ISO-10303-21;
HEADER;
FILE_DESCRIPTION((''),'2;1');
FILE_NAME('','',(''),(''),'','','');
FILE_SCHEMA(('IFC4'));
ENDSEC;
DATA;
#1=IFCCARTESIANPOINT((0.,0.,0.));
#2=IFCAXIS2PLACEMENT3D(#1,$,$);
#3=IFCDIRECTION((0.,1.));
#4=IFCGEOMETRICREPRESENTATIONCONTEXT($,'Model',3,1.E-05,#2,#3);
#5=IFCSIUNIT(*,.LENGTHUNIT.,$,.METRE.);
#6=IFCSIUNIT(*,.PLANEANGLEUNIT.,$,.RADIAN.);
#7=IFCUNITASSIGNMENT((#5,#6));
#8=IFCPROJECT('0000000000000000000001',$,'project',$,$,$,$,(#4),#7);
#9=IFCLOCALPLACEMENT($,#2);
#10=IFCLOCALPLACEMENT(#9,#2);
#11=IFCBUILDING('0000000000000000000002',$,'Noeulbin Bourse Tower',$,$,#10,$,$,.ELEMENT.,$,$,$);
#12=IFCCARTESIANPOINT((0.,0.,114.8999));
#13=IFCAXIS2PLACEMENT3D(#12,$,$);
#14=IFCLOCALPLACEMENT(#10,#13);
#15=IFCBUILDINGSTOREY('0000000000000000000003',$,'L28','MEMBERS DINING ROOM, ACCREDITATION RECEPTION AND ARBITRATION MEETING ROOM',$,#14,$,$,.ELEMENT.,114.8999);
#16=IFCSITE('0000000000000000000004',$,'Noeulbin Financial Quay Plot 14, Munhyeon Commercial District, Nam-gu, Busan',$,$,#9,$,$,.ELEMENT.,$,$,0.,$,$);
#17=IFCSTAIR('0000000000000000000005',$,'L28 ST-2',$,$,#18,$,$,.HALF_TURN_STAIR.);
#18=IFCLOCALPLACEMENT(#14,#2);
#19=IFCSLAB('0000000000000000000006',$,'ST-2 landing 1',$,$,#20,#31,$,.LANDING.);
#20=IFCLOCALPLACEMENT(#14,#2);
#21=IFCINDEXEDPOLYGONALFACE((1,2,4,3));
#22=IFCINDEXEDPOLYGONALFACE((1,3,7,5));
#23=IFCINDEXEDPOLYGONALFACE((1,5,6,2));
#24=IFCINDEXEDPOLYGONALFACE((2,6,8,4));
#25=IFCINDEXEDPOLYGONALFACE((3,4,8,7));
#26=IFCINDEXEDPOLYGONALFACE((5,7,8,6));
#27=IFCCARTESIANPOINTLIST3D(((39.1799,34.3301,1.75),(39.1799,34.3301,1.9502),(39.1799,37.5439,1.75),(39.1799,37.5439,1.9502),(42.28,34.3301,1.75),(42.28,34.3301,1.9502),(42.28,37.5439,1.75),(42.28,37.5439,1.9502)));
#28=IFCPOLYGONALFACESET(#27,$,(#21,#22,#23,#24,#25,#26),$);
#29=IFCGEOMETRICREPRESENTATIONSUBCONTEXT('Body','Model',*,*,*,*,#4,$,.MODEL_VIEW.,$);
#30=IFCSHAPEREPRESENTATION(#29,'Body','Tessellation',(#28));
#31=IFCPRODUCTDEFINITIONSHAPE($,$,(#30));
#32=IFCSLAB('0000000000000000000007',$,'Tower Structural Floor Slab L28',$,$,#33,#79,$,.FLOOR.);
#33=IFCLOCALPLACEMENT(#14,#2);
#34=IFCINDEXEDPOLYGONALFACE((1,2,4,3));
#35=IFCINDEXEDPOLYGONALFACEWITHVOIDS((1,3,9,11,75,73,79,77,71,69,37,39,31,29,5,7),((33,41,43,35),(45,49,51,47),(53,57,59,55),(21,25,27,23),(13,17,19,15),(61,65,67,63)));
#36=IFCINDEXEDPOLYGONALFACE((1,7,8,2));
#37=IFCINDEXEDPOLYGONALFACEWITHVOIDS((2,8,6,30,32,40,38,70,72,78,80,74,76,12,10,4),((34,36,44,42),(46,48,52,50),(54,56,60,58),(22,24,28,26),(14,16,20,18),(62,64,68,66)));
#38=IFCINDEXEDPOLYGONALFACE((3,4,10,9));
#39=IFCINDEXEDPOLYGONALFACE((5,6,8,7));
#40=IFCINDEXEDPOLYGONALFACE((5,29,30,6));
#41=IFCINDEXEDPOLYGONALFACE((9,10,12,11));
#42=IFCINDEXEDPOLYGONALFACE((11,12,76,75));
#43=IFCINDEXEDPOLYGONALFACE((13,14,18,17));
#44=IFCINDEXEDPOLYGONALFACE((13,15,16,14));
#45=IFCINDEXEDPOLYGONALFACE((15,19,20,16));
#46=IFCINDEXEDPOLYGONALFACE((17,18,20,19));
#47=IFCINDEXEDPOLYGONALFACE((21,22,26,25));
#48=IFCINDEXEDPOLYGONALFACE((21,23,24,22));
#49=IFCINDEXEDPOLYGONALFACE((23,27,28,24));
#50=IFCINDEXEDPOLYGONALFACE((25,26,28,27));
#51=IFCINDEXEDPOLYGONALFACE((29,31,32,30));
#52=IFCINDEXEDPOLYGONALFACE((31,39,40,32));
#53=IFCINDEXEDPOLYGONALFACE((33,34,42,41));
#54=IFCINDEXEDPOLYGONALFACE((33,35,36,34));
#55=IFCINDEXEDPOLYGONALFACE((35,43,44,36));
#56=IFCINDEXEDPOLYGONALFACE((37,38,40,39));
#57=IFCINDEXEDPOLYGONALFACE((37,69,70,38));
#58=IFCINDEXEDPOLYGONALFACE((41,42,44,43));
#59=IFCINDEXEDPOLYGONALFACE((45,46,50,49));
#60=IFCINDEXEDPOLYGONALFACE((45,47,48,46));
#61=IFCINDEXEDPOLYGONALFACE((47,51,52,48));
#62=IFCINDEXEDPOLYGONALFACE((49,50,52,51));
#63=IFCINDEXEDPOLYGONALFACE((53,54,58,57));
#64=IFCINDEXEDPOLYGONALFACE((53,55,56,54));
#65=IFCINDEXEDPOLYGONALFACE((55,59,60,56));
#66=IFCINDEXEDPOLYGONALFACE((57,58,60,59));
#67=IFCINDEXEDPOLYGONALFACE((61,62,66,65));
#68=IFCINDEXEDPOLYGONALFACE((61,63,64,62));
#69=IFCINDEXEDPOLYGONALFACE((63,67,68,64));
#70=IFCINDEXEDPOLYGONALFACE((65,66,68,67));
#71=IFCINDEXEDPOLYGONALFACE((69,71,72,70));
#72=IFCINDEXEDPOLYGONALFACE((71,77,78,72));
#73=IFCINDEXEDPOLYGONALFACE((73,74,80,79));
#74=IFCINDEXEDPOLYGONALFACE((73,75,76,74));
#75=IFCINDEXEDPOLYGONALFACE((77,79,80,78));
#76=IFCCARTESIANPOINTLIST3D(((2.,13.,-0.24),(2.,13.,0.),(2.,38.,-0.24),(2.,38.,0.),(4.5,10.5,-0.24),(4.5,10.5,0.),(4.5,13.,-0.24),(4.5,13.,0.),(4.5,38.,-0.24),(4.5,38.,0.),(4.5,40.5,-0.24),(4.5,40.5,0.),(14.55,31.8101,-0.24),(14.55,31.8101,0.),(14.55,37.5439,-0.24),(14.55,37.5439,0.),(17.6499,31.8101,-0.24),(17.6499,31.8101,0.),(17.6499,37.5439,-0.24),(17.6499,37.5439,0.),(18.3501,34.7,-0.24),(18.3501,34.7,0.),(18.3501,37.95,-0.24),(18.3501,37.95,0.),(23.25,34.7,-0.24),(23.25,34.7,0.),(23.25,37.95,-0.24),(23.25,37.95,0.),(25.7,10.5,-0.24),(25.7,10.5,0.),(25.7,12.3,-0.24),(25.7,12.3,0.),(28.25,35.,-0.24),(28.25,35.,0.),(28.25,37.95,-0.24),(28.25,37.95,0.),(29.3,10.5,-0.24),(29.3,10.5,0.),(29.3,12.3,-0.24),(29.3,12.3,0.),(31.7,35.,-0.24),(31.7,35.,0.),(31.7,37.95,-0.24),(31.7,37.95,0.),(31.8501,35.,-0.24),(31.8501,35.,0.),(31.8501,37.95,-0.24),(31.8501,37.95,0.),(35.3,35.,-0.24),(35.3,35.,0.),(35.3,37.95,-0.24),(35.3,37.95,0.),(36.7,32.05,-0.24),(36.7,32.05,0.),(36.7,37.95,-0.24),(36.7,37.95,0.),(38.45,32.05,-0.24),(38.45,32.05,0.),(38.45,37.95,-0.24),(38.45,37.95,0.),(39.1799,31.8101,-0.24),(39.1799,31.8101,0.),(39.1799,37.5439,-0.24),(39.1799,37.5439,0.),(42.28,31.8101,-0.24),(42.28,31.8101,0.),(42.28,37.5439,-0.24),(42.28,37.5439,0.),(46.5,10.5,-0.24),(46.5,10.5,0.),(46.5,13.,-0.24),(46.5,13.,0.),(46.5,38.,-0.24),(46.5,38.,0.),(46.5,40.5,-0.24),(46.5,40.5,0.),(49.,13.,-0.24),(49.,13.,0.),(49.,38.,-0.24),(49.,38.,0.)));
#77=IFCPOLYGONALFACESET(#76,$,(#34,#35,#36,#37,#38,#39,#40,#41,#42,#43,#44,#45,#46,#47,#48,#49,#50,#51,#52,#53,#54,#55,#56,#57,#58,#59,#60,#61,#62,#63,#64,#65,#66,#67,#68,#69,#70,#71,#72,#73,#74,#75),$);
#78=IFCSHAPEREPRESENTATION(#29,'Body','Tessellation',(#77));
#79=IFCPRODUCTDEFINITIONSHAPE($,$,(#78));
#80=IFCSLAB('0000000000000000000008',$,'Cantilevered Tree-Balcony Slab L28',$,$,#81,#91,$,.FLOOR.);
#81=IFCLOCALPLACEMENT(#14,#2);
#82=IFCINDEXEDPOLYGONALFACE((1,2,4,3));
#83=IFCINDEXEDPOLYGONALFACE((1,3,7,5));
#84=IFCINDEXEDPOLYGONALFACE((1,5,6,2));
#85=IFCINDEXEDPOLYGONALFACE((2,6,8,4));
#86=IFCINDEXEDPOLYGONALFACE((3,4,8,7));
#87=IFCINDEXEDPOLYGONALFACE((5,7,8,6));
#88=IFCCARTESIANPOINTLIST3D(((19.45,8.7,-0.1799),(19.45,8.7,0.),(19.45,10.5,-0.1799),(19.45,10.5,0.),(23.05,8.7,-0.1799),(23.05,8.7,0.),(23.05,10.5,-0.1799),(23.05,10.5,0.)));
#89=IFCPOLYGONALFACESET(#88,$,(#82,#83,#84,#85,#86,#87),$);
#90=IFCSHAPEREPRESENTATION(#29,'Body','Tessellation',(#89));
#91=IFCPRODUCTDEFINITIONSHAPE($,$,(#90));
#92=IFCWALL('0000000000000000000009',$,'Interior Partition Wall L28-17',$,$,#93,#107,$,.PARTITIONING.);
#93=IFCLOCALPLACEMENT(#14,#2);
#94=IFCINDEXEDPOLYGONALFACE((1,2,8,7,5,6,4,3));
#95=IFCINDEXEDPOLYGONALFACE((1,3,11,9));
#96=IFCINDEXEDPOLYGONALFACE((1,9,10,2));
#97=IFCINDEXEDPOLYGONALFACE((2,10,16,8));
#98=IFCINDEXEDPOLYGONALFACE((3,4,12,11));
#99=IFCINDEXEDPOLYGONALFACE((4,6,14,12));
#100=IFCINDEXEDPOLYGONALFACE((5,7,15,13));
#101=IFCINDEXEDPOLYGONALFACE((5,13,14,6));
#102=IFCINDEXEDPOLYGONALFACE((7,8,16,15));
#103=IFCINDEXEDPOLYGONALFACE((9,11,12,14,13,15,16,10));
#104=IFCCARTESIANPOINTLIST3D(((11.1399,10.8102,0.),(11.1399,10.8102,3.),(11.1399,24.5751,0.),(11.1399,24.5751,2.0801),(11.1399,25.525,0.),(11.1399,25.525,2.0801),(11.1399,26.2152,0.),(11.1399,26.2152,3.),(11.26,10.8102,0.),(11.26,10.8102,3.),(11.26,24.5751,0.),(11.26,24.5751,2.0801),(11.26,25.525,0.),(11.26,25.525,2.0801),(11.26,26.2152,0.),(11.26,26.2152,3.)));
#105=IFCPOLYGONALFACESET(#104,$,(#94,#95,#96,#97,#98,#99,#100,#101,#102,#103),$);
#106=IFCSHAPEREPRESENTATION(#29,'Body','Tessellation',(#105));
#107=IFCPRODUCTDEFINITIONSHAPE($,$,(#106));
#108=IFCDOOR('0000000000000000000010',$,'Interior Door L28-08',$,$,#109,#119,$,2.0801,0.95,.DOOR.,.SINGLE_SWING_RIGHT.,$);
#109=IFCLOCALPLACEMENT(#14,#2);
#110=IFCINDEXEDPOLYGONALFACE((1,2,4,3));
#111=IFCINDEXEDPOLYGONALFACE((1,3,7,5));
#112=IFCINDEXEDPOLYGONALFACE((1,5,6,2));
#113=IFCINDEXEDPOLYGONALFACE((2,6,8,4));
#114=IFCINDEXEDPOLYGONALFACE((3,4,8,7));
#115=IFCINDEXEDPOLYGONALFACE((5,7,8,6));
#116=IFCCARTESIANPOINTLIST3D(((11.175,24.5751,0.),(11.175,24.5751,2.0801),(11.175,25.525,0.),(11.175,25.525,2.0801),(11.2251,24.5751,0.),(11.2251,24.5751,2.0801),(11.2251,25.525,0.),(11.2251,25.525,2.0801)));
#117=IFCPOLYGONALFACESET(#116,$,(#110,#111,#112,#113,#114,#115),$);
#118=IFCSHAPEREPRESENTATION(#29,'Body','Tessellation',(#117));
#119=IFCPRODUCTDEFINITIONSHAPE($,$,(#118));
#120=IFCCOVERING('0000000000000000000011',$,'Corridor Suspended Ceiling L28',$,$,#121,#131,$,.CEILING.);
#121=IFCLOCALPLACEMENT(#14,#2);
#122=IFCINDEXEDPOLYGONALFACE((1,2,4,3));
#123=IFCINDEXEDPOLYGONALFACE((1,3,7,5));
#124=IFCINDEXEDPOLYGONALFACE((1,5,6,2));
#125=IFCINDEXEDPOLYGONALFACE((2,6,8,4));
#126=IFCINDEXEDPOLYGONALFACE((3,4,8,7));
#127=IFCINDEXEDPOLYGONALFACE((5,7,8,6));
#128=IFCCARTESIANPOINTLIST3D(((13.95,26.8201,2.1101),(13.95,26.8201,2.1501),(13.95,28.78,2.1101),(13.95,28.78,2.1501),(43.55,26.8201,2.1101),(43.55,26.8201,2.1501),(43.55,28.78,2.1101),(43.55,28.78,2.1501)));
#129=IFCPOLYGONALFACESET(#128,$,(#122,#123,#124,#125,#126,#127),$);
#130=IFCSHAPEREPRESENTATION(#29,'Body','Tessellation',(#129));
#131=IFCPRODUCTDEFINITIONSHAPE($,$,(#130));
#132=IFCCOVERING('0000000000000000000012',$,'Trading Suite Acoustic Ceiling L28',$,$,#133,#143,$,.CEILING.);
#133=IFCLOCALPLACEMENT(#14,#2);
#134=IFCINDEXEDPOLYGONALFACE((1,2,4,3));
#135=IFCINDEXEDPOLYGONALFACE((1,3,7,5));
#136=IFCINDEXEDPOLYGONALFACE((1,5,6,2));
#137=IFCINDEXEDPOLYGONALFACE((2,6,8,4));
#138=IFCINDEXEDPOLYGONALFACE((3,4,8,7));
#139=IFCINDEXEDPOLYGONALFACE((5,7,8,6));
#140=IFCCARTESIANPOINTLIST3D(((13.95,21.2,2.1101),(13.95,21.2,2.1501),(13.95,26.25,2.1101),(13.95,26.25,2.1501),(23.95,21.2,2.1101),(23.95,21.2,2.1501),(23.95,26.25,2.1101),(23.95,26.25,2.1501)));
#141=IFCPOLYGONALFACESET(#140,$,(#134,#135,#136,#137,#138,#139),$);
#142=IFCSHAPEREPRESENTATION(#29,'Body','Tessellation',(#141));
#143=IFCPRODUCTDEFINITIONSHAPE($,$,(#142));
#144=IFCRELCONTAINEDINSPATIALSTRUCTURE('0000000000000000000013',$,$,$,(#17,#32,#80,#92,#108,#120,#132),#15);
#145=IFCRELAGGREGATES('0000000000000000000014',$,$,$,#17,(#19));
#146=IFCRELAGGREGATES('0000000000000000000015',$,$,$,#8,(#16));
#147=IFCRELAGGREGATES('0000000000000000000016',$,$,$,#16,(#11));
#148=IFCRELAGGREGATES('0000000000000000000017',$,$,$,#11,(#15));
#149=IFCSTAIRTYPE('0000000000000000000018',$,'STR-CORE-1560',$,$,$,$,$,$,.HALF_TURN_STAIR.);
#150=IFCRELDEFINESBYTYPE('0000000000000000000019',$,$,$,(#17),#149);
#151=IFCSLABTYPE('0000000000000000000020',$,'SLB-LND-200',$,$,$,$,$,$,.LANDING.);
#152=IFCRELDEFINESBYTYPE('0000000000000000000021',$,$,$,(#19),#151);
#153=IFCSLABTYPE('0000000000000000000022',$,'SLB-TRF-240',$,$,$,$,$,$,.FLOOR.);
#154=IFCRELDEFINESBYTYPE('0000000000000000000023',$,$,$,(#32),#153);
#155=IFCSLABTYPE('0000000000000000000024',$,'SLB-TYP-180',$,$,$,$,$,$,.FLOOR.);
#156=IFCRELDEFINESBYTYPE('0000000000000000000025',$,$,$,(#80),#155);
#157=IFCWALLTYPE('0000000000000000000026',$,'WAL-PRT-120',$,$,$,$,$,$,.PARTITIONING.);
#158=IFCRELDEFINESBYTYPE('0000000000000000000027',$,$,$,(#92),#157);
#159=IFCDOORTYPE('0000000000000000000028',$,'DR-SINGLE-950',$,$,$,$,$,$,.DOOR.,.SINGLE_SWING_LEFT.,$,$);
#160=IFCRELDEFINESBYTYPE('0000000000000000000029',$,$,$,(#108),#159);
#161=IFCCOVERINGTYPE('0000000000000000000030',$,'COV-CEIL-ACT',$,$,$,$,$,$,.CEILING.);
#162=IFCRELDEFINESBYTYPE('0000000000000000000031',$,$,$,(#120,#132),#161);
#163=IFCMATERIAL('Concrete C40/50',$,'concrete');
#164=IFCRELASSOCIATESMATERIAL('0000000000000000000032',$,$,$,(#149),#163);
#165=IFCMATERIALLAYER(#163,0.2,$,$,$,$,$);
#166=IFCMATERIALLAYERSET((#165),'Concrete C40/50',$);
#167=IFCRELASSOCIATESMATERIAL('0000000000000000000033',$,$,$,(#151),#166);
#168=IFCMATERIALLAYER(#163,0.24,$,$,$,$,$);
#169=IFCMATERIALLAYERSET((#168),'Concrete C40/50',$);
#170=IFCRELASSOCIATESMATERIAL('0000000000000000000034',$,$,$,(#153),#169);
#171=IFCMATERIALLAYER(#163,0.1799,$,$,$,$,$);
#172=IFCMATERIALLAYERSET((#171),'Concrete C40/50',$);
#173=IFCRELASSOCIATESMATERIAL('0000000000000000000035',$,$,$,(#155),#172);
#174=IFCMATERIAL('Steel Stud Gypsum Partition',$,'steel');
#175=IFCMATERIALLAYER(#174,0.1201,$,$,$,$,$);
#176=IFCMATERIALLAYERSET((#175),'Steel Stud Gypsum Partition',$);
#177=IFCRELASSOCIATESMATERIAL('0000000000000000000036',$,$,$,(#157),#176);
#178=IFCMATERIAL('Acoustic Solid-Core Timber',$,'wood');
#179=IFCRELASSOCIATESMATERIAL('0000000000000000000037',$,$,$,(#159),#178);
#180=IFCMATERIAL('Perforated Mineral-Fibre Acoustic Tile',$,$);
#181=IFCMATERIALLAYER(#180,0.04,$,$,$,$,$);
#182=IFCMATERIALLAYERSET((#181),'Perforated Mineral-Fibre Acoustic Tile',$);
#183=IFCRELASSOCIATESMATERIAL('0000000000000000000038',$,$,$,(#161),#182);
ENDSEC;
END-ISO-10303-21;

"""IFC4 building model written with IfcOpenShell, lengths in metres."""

from ifc_helpers import new_model, si_unit, direction, frame, frame_2d, origin, place, context, subcontext, project, spatial, polyline, rectangle, outline, extrude, material, layer, layer_set, type_object, element, fill, aggregate, save


model = new_model("IFC4")

# Units and contexts
model_context = context("Model", 3, precision=1e-05, world=origin(), true_north=direction((0.0, 1.0)))
body_context = subcontext(model_context, "Body", "Model", "MODEL_VIEW")
ifc_project = project(units=[si_unit("LENGTHUNIT", "METRE"), si_unit("PLANEANGLEUNIT", "RADIAN")], contexts=[model_context])

# Site, building, storey
site_placement = place(None, origin())
site = spatial("IfcSite", under=ifc_project, at=site_placement, Name="Noeulbin Financial Quay Plot 14, Munhyeon Commercial District, Nam-gu, Busan", CompositionType="ELEMENT", RefElevation=0.0)
building_placement = place(site_placement, origin())
building = spatial("IfcBuilding", under=site, at=building_placement, Name="Noeulbin Bourse Tower", CompositionType="ELEMENT")
storey_placement = place(building_placement, frame((0.0, 0.0, 114.8999)))
storey = spatial("IfcBuildingStorey", under=building, at=storey_placement, Name="L28", Description="MEMBERS DINING ROOM, ACCREDITATION RECEPTION AND ARBITRATION MEETING ROOM", CompositionType="ELEMENT", Elevation=114.8999)

# Stair, slab
ifc_material_1 = material(Name="Concrete C40/50", Category="concrete")
stair_type = type_object("IfcStairType", Name="STR-CORE-1560", PredefinedType="HALF_TURN_STAIR", material=ifc_material_1)
ifc_layer_1 = layer(ifc_material_1, 0.2)
ifc_layer_set_1 = layer_set([ifc_layer_1], Name="Concrete C40/50")
slab_type_1 = type_object("IfcSlabType", Name="SLB-LND-200", PredefinedType="LANDING", material=ifc_layer_set_1)
stair_1_placement = place(storey_placement, origin())
stair_1 = element("IfcStair", 1, at=stair_1_placement, inside=storey, type_object=stair_type, Name="L28 ST-2", PredefinedType="HALF_TURN_STAIR")
slab_1_placement = place(storey_placement, frame((0.0, 0.0, 1.75)))
slab_1 = element("IfcSlab", 2, at=slab_1_placement, type_object=slab_type_1, Name="ST-2 landing 1", PredefinedType="LANDING", context=body_context, shape_type="SweptSolid", body=[
    extrude(outline(polyline([(42.28, 34.3301), (42.28, 37.5439), (39.1799, 37.5439), (39.1799, 34.3301), (42.28, 34.3301)])), origin(), (0.0, 0.0, 1.0), 0.2002),
])
aggregate(stair_1, [slab_1])

# Slab, openings
ifc_layer_2 = layer(ifc_material_1, 0.24)
ifc_layer_set_2 = layer_set([ifc_layer_2], Name="Concrete C40/50")
slab_type_2 = type_object("IfcSlabType", Name="SLB-TRF-240", PredefinedType="FLOOR", material=ifc_layer_set_2)
slab_2_placement = place(storey_placement, frame((0.0, 0.0, -0.24)))
slab_2 = element("IfcSlab", 3, at=slab_2_placement, inside=storey, type_object=slab_type_2, Name="Tower Structural Floor Slab L28", PredefinedType="FLOOR", context=body_context, shape_type="SweptSolid", body=[
    extrude(outline(polyline([(4.5, 10.5), (25.7, 10.5), (25.7, 12.3), (29.3, 12.3), (29.3, 10.5), (46.5, 10.5), (46.5, 13.0), (49.0, 13.0), (49.0, 38.0), (46.5, 38.0), (46.5, 40.5), (4.5, 40.5), (4.5, 38.0), (2.0, 38.0), (2.0, 13.0), (4.5, 13.0), (4.5, 10.5)]), holes=[polyline([(17.6499, 31.8101), (17.6499, 37.5439), (14.55, 37.5439), (14.55, 31.8101), (17.6499, 31.8101)]), polyline([(42.28, 31.8101), (42.28, 37.5439), (39.1799, 37.5439), (39.1799, 31.8101), (42.28, 31.8101)]), polyline([(18.3501, 34.7), (23.25, 34.7), (23.25, 37.95), (18.3501, 37.95), (18.3501, 34.7)]), polyline([(36.7, 32.05), (38.45, 32.05), (38.45, 37.95), (36.7, 37.95), (36.7, 32.05)]), polyline([(28.25, 35.0), (31.7, 35.0), (31.7, 37.95), (28.25, 37.95), (28.25, 35.0)]), polyline([(31.8501, 35.0), (35.3, 35.0), (35.3, 37.95), (31.8501, 37.95), (31.8501, 35.0)])]), origin(), (0.0, 0.0, 1.0), 0.24),
])
opening_1_placement = place(slab_2_placement, frame((0.0, 0.0, -0.01)))
element("IfcOpeningElement", 4, at=opening_1_placement, cuts=slab_2, PredefinedType="OPENING", context=body_context, shape_type="SweptSolid", body=[
    extrude(outline(polyline([(17.6499, 31.8101), (17.6499, 37.5439), (14.55, 37.5439), (14.55, 31.8101), (17.6499, 31.8101)])), origin(), (0.0, 0.0, 1.0), 0.26),
])
opening_2_placement = place(slab_2_placement, frame((0.0, 0.0, -0.01)))
element("IfcOpeningElement", 5, at=opening_2_placement, cuts=slab_2, PredefinedType="OPENING", context=body_context, shape_type="SweptSolid", body=[
    extrude(outline(polyline([(42.28, 31.8101), (42.28, 37.5439), (39.1799, 37.5439), (39.1799, 31.8101), (42.28, 31.8101)])), origin(), (0.0, 0.0, 1.0), 0.26),
])
opening_3_placement = place(slab_2_placement, frame((0.0, 0.0, -0.01)))
element("IfcOpeningElement", 6, at=opening_3_placement, cuts=slab_2, PredefinedType="OPENING", context=body_context, shape_type="SweptSolid", body=[
    extrude(outline(polyline([(18.3501, 34.7), (23.25, 34.7), (23.25, 37.95), (18.3501, 37.95), (18.3501, 34.7)])), origin(), (0.0, 0.0, 1.0), 0.26),
])
opening_4_placement = place(slab_2_placement, frame((0.0, 0.0, -0.01)))
element("IfcOpeningElement", 7, at=opening_4_placement, cuts=slab_2, PredefinedType="OPENING", context=body_context, shape_type="SweptSolid", body=[
    extrude(outline(polyline([(36.7, 32.05), (38.45, 32.05), (38.45, 37.95), (36.7, 37.95), (36.7, 32.05)])), origin(), (0.0, 0.0, 1.0), 0.26),
])
opening_5_placement = place(slab_2_placement, frame((0.0, 0.0, -0.01)))
element("IfcOpeningElement", 8, at=opening_5_placement, cuts=slab_2, PredefinedType="OPENING", context=body_context, shape_type="SweptSolid", body=[
    extrude(outline(polyline([(28.25, 35.0), (31.7, 35.0), (31.7, 37.95), (28.25, 37.95), (28.25, 35.0)])), origin(), (0.0, 0.0, 1.0), 0.26),
])
opening_6_placement = place(slab_2_placement, frame((0.0, 0.0, -0.01)))
element("IfcOpeningElement", 9, at=opening_6_placement, cuts=slab_2, PredefinedType="OPENING", context=body_context, shape_type="SweptSolid", body=[
    extrude(outline(polyline([(31.8501, 35.0), (35.3, 35.0), (35.3, 37.95), (31.8501, 37.95), (31.8501, 35.0)])), origin(), (0.0, 0.0, 1.0), 0.26),
])

# Slab
ifc_layer_3 = layer(ifc_material_1, 0.1799)
ifc_layer_set_3 = layer_set([ifc_layer_3], Name="Concrete C40/50")
slab_type_3 = type_object("IfcSlabType", Name="SLB-TYP-180", PredefinedType="FLOOR", material=ifc_layer_set_3)
slab_3_placement = place(storey_placement, frame((0.0, 0.0, -0.1799)))
element("IfcSlab", 10, at=slab_3_placement, inside=storey, type_object=slab_type_3, Name="Cantilevered Tree-Balcony Slab L28", PredefinedType="FLOOR", context=body_context, shape_type="SweptSolid", body=[
    extrude(outline(polyline([(19.45, 8.7), (23.05, 8.7), (23.05, 10.5), (19.45, 10.5), (19.45, 8.7)])), origin(), (0.0, 0.0, 1.0), 0.1799),
])

# Wall, opening, door
ifc_material_2 = material(Name="Steel Stud Gypsum Partition", Category="steel")
ifc_layer_4 = layer(ifc_material_2, 0.1201)
ifc_layer_set_4 = layer_set([ifc_layer_4], Name="Steel Stud Gypsum Partition")
wall_type = type_object("IfcWallType", Name="WAL-PRT-120", PredefinedType="PARTITIONING", material=ifc_layer_set_4)
wall_placement = place(storey_placement, frame((11.2, 10.8101, 0.0), z_axis=(0.0, 0.0, 1.0), x_axis=(0.0, 1.0, 0.0)))
wall = element("IfcWall", 11, at=wall_placement, inside=storey, type_object=wall_type, Name="Interior Partition Wall L28-17", PredefinedType="PARTITIONING", context=body_context, shape_type="SweptSolid", body=[
    extrude(rectangle(XDim=15.405, YDim=0.1201, at=frame_2d((7.7026, 0.0))), origin(), (0.0, 0.0, 1.0), 3.0),
])
opening_7_placement = place(wall_placement, frame((13.7649, 0.0, 0.0)))
opening_7 = element("IfcOpeningElement", 12, at=opening_7_placement, cuts=wall, PredefinedType="OPENING", context=body_context, shape_type="SweptSolid", body=[
    extrude(rectangle(XDim=0.95, YDim=2.0801, at=frame_2d((0.4751, 1.04))), frame((0.0, 0.0701, 0.0), z_axis=(0.0, -1.0, 0.0), x_axis=(1.0, 0.0, 0.0)), (0.0, 0.0, 1.0), 0.1401),
])
ifc_material_3 = material(Name="Acoustic Solid-Core Timber", Category="wood")
door_type = type_object("IfcDoorType", Name="DR-SINGLE-950", OperationType="SINGLE_SWING_LEFT", PredefinedType="DOOR", material=ifc_material_3)
door_placement = place(opening_7_placement, origin())
door = element("IfcDoor", 13, at=door_placement, inside=storey, type_object=door_type, Name="Interior Door L28-08", OperationType="SINGLE_SWING_RIGHT", OverallHeight=2.0801, OverallWidth=0.95, PredefinedType="DOOR", context=body_context, shape_type="SweptSolid", body=[
    extrude(rectangle(XDim=0.95, YDim=2.0801, at=frame_2d((0.4751, 1.04))), frame((0.0, 0.0249, 0.0), z_axis=(0.0, -1.0, 0.0), x_axis=(1.0, 0.0, 0.0)), (0.0, 0.0, 1.0), 0.05),
])
fill(opening_7, door)

# Coverings
ifc_material_4 = material(Name="Perforated Mineral-Fibre Acoustic Tile")
ifc_layer_5 = layer(ifc_material_4, 0.04)
ifc_layer_set_5 = layer_set([ifc_layer_5], Name="Perforated Mineral-Fibre Acoustic Tile")
covering_type = type_object("IfcCoveringType", Name="COV-CEIL-ACT", PredefinedType="CEILING", material=ifc_layer_set_5)
covering_1_placement = place(storey_placement, frame((0.0, 0.0, 2.1101)))
element("IfcCovering", 14, at=covering_1_placement, inside=storey, type_object=covering_type, Name="Corridor Suspended Ceiling L28", PredefinedType="CEILING", context=body_context, shape_type="SweptSolid", body=[
    extrude(outline(polyline([(13.95, 26.8201), (43.55, 26.8201), (43.55, 28.78), (13.95, 28.78), (13.95, 26.8201)])), origin(), (0.0, 0.0, 1.0), 0.04),
])
covering_2_placement = place(storey_placement, frame((0.0, 0.0, 2.1101)))
element("IfcCovering", 15, at=covering_2_placement, inside=storey, type_object=covering_type, Name="Trading Suite Acoustic Ceiling L28", PredefinedType="CEILING", context=body_context, shape_type="SweptSolid", body=[
    extrude(outline(polyline([(13.95, 21.2), (23.95, 21.2), (23.95, 26.25), (13.95, 26.25), (13.95, 21.2)])), origin(), (0.0, 0.0, 1.0), 0.04),
])

save(model, "model.ifc")
